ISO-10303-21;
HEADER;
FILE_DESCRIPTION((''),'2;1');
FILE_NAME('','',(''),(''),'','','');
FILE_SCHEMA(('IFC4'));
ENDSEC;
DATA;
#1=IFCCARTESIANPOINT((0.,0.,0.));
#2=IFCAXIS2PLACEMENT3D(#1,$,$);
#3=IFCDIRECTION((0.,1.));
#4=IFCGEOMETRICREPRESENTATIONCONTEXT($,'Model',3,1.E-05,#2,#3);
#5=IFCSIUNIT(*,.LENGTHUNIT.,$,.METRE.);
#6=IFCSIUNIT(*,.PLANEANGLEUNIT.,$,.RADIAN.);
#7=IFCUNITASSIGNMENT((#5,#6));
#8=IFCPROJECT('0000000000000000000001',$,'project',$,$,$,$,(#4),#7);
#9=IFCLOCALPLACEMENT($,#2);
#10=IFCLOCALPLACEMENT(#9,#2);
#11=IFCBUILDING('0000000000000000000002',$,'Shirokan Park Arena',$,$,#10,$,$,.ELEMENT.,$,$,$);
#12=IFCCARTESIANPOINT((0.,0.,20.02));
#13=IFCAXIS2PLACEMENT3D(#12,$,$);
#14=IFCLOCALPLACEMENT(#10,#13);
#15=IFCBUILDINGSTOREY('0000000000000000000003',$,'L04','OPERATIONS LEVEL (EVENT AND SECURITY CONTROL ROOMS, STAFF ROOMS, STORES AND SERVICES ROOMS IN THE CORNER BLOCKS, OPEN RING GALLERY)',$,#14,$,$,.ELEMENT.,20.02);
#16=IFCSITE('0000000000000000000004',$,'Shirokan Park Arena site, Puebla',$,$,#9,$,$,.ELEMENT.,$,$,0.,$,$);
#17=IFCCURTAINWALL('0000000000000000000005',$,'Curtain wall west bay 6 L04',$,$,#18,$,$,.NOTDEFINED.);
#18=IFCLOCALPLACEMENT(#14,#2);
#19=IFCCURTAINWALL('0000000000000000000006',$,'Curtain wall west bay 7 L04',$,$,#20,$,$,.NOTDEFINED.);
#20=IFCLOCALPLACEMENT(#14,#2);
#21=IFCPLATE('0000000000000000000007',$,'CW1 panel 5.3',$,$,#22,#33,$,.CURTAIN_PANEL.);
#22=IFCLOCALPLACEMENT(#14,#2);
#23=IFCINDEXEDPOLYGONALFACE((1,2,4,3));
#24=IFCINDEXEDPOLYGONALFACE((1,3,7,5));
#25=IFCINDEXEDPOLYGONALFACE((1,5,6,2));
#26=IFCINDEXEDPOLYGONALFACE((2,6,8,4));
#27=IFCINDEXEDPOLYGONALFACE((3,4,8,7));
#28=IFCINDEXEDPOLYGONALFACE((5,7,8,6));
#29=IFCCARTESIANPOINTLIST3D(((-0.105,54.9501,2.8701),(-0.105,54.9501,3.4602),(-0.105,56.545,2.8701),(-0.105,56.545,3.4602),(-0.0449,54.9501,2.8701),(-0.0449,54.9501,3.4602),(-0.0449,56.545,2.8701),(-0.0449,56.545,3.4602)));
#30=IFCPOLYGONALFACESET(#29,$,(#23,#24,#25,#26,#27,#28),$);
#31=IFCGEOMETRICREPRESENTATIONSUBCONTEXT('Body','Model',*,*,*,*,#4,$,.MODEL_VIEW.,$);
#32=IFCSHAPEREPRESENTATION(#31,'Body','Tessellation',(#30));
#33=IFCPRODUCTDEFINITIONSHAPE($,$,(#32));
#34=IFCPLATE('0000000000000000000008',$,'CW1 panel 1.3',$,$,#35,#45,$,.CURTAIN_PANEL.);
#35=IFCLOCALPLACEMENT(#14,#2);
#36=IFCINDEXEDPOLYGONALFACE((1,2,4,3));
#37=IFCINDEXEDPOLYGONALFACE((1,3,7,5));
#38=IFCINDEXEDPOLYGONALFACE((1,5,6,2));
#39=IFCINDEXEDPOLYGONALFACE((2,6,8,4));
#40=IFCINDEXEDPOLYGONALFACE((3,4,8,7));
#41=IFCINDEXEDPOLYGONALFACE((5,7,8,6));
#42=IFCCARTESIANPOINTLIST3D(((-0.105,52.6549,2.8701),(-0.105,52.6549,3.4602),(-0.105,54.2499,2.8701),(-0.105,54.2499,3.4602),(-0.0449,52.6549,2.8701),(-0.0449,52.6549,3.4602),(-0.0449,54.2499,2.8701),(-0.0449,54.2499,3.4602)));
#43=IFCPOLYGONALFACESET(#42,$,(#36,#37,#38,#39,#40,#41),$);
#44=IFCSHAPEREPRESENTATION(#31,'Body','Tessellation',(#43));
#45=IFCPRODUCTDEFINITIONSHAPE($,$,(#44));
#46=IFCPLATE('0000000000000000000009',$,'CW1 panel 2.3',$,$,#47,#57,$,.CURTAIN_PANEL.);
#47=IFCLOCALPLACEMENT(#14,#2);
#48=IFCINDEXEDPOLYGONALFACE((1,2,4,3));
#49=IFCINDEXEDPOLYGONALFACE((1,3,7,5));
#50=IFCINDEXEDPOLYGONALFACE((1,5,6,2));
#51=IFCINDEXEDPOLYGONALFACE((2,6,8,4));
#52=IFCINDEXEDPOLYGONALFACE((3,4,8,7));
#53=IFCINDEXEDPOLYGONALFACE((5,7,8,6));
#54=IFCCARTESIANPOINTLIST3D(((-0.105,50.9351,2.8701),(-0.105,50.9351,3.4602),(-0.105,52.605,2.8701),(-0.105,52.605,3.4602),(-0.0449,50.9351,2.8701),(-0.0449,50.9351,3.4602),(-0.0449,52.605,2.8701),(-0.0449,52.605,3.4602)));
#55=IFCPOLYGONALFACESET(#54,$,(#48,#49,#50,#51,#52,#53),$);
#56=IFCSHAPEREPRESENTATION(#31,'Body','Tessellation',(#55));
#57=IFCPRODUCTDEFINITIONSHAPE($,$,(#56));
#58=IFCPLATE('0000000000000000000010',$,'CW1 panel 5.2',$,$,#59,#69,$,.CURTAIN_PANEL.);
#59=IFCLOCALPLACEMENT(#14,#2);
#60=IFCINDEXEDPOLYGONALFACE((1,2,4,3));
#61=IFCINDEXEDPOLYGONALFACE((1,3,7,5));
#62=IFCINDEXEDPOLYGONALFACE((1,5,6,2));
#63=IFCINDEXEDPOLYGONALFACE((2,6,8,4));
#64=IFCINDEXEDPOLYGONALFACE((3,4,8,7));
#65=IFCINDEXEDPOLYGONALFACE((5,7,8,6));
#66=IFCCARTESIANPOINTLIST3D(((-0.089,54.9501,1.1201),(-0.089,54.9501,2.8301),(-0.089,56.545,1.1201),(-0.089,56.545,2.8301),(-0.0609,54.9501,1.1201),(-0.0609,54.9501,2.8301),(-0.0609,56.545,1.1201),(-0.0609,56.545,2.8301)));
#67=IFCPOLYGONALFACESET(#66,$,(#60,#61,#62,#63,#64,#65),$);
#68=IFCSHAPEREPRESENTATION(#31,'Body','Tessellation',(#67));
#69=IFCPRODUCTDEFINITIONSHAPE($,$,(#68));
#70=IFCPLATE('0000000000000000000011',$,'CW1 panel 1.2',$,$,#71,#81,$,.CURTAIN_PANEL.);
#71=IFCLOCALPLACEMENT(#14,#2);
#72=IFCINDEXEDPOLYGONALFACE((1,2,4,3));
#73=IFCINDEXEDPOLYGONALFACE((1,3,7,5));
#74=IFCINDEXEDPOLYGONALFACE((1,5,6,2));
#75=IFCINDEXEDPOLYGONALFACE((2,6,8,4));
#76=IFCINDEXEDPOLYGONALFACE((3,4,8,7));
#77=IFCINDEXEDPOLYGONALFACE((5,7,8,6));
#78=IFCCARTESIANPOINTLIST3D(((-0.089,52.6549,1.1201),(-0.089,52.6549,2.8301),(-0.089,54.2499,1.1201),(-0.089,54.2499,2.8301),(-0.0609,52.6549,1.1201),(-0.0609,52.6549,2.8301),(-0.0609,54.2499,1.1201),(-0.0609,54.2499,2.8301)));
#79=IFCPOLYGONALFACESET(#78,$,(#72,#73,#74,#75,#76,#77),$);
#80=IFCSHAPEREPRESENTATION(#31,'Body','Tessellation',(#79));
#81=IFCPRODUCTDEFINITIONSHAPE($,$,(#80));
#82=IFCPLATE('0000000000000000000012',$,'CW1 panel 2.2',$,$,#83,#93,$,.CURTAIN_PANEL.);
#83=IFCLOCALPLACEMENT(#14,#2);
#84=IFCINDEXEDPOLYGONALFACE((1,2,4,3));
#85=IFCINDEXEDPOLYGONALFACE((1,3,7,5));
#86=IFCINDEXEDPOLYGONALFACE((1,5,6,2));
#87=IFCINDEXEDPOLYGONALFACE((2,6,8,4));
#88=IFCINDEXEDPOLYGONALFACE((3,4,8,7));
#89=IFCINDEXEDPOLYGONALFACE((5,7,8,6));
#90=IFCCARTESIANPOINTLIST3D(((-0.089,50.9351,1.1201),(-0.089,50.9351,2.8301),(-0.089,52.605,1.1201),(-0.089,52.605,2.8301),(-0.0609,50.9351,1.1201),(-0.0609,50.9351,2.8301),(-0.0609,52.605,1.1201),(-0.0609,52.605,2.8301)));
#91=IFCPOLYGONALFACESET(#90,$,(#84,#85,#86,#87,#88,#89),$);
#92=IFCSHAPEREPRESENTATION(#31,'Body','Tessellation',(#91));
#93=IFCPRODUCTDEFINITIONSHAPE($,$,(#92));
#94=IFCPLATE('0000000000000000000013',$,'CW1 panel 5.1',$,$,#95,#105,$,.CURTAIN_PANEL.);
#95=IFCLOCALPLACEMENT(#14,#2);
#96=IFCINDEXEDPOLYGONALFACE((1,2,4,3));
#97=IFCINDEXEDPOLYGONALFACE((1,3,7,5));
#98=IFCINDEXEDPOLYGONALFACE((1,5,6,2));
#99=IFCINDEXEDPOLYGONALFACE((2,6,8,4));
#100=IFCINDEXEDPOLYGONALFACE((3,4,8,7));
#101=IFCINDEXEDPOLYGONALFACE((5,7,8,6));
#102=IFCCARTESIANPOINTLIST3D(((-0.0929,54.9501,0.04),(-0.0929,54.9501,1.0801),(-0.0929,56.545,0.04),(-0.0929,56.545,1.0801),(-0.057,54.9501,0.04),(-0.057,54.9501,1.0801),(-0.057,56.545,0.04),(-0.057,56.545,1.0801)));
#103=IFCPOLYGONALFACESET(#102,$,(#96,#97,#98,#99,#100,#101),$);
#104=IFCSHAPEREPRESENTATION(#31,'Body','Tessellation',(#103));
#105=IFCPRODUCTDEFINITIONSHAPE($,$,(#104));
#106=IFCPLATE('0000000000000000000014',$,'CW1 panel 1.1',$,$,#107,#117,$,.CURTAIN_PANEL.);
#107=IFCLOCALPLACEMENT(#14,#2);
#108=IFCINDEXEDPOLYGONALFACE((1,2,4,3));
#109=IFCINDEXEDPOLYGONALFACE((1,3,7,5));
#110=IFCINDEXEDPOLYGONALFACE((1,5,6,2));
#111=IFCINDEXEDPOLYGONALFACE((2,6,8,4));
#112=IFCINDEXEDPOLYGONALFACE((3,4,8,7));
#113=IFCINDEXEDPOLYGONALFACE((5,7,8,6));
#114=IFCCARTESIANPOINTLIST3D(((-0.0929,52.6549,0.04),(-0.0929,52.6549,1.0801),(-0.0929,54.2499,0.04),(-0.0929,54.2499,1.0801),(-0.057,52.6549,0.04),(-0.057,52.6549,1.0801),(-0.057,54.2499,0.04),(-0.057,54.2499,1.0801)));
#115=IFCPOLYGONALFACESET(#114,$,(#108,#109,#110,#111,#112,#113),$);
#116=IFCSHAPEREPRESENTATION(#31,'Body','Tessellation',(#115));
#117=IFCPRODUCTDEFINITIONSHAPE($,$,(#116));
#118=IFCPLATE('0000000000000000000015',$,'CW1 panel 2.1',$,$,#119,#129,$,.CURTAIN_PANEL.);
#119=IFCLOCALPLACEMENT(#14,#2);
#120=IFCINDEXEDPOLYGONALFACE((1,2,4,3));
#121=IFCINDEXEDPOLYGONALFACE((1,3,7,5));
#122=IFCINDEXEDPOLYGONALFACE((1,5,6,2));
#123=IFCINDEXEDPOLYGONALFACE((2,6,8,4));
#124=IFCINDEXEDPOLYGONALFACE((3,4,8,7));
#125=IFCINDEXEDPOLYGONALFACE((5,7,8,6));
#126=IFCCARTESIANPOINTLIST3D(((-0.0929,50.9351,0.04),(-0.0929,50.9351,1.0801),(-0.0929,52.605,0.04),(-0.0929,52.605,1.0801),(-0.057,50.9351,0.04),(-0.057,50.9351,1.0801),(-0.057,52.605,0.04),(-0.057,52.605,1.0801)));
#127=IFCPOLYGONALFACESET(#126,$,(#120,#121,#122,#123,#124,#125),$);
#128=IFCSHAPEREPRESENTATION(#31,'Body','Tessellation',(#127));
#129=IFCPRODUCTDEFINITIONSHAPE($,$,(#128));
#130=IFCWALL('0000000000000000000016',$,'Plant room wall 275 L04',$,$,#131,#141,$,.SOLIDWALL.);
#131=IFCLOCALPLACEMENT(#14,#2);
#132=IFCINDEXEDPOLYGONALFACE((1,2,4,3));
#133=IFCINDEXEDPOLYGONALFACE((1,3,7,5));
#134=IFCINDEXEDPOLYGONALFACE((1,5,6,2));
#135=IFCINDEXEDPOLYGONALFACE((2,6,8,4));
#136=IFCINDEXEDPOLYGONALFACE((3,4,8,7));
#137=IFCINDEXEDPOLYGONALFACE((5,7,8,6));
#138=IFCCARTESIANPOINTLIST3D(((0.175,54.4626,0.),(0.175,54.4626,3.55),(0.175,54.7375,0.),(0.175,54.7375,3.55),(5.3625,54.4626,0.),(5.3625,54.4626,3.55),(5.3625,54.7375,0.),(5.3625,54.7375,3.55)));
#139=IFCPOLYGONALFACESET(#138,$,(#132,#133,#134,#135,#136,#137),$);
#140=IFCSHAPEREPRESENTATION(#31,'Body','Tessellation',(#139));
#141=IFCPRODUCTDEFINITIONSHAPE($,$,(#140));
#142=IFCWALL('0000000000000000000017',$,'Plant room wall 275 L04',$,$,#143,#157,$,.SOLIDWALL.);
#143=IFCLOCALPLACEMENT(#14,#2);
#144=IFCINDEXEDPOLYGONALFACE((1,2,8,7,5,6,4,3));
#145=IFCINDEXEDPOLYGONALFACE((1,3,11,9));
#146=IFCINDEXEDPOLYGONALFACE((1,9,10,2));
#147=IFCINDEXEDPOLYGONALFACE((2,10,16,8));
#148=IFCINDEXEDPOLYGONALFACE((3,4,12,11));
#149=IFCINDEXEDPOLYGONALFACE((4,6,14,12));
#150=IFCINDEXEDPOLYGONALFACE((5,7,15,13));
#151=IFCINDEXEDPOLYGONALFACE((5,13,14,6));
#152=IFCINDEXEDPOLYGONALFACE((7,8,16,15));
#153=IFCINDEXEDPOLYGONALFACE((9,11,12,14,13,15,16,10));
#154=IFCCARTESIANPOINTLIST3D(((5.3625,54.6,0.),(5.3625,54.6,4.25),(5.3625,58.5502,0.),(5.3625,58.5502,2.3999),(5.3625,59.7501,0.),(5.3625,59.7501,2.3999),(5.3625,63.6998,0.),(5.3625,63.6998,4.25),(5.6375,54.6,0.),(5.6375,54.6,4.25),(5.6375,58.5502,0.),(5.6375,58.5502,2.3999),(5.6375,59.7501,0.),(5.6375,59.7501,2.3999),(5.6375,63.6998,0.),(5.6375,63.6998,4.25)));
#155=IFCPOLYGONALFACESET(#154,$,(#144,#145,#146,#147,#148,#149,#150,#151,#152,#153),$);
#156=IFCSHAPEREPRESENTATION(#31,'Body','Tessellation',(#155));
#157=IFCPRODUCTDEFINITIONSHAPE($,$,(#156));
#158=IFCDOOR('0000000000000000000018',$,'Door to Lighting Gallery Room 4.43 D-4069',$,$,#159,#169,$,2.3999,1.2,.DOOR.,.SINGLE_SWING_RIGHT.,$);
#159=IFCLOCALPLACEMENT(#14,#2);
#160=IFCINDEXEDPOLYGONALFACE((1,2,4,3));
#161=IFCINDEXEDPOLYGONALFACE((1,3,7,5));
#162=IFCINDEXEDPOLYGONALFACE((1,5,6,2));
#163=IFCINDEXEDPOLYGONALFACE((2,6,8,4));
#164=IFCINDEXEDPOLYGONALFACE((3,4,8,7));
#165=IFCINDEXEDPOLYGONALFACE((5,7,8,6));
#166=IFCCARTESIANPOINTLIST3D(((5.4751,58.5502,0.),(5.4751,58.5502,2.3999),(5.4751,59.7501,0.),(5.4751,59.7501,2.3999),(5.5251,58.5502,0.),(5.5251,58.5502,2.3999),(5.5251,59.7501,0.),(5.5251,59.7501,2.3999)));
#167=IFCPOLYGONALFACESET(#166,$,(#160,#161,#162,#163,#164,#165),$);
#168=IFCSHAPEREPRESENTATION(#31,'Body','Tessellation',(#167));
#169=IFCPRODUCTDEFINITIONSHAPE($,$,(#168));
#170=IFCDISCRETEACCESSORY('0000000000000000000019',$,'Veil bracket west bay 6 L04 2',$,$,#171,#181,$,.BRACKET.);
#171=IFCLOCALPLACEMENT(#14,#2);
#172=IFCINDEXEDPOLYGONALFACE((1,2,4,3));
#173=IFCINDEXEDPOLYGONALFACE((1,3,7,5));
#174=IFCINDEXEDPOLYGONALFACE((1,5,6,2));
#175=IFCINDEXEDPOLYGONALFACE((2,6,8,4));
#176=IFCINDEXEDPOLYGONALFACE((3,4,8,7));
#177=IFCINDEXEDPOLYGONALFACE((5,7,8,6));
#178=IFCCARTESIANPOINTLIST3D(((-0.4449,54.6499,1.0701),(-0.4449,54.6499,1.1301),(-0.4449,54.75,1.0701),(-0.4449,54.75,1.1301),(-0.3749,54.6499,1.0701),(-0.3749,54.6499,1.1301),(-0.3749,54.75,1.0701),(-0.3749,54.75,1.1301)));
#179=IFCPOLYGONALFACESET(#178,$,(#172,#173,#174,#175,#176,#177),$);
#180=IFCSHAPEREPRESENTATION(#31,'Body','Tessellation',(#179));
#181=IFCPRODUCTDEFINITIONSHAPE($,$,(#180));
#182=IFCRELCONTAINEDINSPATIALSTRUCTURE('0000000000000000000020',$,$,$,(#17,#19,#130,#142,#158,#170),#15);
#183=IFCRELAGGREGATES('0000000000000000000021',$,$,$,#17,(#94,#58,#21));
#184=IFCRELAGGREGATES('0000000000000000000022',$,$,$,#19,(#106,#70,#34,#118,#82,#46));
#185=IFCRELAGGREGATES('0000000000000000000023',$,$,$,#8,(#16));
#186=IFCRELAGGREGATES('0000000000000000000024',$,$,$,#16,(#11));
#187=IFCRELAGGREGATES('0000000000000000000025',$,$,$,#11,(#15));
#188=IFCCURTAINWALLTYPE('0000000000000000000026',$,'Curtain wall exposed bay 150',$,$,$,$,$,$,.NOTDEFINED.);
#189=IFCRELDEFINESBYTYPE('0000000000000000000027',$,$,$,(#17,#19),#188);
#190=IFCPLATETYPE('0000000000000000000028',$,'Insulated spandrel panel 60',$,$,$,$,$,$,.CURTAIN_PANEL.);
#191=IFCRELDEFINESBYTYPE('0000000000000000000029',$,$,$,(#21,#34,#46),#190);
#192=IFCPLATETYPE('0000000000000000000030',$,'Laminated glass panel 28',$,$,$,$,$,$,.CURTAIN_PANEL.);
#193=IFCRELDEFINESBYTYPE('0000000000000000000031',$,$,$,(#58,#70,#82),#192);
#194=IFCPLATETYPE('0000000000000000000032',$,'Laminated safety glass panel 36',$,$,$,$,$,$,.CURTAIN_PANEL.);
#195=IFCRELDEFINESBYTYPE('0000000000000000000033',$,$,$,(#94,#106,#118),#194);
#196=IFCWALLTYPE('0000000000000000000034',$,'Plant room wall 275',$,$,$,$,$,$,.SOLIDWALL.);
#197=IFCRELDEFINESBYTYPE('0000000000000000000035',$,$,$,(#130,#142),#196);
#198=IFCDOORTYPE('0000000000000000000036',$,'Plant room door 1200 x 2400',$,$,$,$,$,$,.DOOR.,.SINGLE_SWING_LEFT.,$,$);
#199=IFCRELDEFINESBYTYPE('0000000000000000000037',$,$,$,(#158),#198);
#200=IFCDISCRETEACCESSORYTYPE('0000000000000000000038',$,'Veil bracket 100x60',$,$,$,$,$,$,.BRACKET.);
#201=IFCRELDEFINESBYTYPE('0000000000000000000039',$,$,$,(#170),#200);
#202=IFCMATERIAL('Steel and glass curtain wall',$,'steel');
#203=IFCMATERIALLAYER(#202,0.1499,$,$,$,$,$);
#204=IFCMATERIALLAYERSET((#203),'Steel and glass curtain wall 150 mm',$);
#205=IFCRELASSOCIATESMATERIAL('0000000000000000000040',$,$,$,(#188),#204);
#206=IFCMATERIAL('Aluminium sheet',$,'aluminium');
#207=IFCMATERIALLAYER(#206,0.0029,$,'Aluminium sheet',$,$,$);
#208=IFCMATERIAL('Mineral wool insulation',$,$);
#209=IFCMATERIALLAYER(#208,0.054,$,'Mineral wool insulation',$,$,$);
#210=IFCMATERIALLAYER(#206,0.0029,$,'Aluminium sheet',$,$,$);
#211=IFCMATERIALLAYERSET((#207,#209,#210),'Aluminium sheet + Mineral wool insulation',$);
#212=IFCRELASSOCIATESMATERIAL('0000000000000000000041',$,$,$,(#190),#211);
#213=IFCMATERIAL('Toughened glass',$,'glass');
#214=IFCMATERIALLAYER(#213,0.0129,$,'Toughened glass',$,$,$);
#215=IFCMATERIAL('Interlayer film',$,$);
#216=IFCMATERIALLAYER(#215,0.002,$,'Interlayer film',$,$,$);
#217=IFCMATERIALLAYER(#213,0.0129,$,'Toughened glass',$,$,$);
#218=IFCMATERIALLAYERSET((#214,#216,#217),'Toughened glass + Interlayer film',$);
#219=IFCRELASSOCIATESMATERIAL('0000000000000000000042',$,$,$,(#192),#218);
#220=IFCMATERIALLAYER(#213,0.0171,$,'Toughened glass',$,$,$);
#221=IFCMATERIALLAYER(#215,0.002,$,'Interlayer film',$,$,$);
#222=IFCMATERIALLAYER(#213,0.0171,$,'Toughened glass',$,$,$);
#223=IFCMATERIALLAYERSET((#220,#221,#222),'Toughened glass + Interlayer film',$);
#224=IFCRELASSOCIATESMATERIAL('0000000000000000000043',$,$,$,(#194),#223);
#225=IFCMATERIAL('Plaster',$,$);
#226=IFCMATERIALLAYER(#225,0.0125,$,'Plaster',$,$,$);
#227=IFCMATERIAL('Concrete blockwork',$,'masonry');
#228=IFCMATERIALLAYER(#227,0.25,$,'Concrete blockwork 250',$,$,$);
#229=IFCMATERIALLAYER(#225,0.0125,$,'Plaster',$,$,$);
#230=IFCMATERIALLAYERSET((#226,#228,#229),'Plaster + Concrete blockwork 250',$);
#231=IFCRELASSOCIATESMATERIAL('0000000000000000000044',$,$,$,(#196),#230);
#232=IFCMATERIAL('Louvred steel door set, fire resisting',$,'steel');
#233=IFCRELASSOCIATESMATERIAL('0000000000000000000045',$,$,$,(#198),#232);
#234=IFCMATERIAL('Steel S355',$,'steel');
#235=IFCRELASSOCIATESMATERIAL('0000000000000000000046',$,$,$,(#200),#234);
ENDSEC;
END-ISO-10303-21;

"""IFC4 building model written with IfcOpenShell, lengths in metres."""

from ifc_helpers import new_model, si_unit, direction, frame, frame_2d, origin, origin_2d, place, context, subcontext, project, spatial, rectangle, extrude, material, layer, layer_set, type_object, element, fill, aggregate, save


model = new_model("IFC4")

# Units and contexts
model_context = context("Model", 3, precision=1e-05, world=origin(), true_north=direction((0.0, 1.0)))
body_context = subcontext(model_context, "Body", "Model", "MODEL_VIEW")
ifc_project = project(units=[si_unit("LENGTHUNIT", "METRE"), si_unit("PLANEANGLEUNIT", "RADIAN")], contexts=[model_context])

# Site, building, storey
site_placement = place(None, origin())
site = spatial("IfcSite", under=ifc_project, at=site_placement, Name="Shirokan Park Arena site, Puebla", CompositionType="ELEMENT", RefElevation=0.0)
building_placement = place(site_placement, origin())
building = spatial("IfcBuilding", under=site, at=building_placement, Name="Shirokan Park Arena", CompositionType="ELEMENT")
storey_placement = place(building_placement, frame((0.0, 0.0, 20.02)))
storey = spatial("IfcBuildingStorey", under=building, at=storey_placement, Name="L04", Description="OPERATIONS LEVEL (EVENT AND SECURITY CONTROL ROOMS, STAFF ROOMS, STORES AND SERVICES ROOMS IN THE CORNER BLOCKS, OPEN RING GALLERY)", CompositionType="ELEMENT", Elevation=20.02)

# Curtain wall
ifc_material_1 = material(Name="Steel and glass curtain wall", Category="steel")
ifc_layer_1 = layer(ifc_material_1, 0.1499)
ifc_layer_set_1 = layer_set([ifc_layer_1], Name="Steel and glass curtain wall 150 mm")
curtain_wall_type = type_object("IfcCurtainWallType", Name="Curtain wall exposed bay 150", PredefinedType="NOTDEFINED", material=ifc_layer_set_1)
curtain_wall_1_placement = place(storey_placement, origin())
curtain_wall_1 = element("IfcCurtainWall", 1, at=curtain_wall_1_placement, inside=storey, type_object=curtain_wall_type, Name="Curtain wall west bay 6 L04", PredefinedType="NOTDEFINED")
ifc_material_2 = material(Name="Steel S355", Category="steel")

# Curtain wall
curtain_wall_2_placement = place(storey_placement, origin())
curtain_wall_2 = element("IfcCurtainWall", 2, at=curtain_wall_2_placement, inside=storey, type_object=curtain_wall_type, Name="Curtain wall west bay 7 L04", PredefinedType="NOTDEFINED")

# Plates
ifc_material_3 = material(Name="Aluminium sheet", Category="aluminium")
ifc_layer_2 = layer(ifc_material_3, 0.0029, Name="Aluminium sheet")
ifc_material_4 = material(Name="Mineral wool insulation")
ifc_layer_3 = layer(ifc_material_4, 0.054, Name="Mineral wool insulation")
ifc_layer_4 = layer(ifc_material_3, 0.0029, Name="Aluminium sheet")
ifc_layer_set_2 = layer_set([ifc_layer_2, ifc_layer_3, ifc_layer_4], Name="Aluminium sheet + Mineral wool insulation")
plate_type_1 = type_object("IfcPlateType", Name="Insulated spandrel panel 60", PredefinedType="CURTAIN_PANEL", material=ifc_layer_set_2)
plate_1_placement = place(storey_placement, frame((-0.075, 55.7476, 2.8701), z_axis=(0.0, 0.0, 1.0), x_axis=(0.0, -1.0, 0.0)))
plate_1 = element("IfcPlate", 3, at=plate_1_placement, type_object=plate_type_1, Name="CW1 panel 5.3", PredefinedType="CURTAIN_PANEL", context=body_context, shape_type="SweptSolid", body=[
    extrude(rectangle(XDim=1.595, YDim=0.0601, at=origin_2d()), origin(), (0.0, 0.0, 1.0), 0.5901),
])
plate_2_placement = place(storey_placement, frame((-0.075, 53.4524, 2.8701), z_axis=(0.0, 0.0, 1.0), x_axis=(0.0, -1.0, 0.0)))
plate_2 = element("IfcPlate", 4, at=plate_2_placement, type_object=plate_type_1, Name="CW1 panel 1.3", PredefinedType="CURTAIN_PANEL", context=body_context, shape_type="SweptSolid", body=[
    extrude(rectangle(XDim=1.595, YDim=0.0601, at=origin_2d()), origin(), (0.0, 0.0, 1.0), 0.5901),
])
plate_3_placement = place(storey_placement, frame((-0.075, 51.77, 2.8701), z_axis=(0.0, 0.0, 1.0), x_axis=(0.0, -1.0, 0.0)))
plate_3 = element("IfcPlate", 5, at=plate_3_placement, type_object=plate_type_1, Name="CW1 panel 2.3", PredefinedType="CURTAIN_PANEL", context=body_context, shape_type="SweptSolid", body=[
    extrude(rectangle(XDim=1.6699, YDim=0.0601, at=origin_2d()), origin(), (0.0, 0.0, 1.0), 0.5901),
])
ifc_material_5 = material(Name="Toughened glass", Category="glass")
ifc_layer_5 = layer(ifc_material_5, 0.0129, Name="Toughened glass")
ifc_material_6 = material(Name="Interlayer film")
ifc_layer_6 = layer(ifc_material_6, 0.002, Name="Interlayer film")
ifc_layer_7 = layer(ifc_material_5, 0.0129, Name="Toughened glass")
ifc_layer_set_3 = layer_set([ifc_layer_5, ifc_layer_6, ifc_layer_7], Name="Toughened glass + Interlayer film")
plate_type_2 = type_object("IfcPlateType", Name="Laminated glass panel 28", PredefinedType="CURTAIN_PANEL", material=ifc_layer_set_3)
plate_4_placement = place(storey_placement, frame((-0.075, 55.7476, 1.1201), z_axis=(0.0, 0.0, 1.0), x_axis=(0.0, -1.0, 0.0)))
plate_4 = element("IfcPlate", 6, at=plate_4_placement, type_object=plate_type_2, Name="CW1 panel 5.2", PredefinedType="CURTAIN_PANEL", context=body_context, shape_type="SweptSolid", body=[
    extrude(rectangle(XDim=1.595, YDim=0.0281, at=origin_2d()), origin(), (0.0, 0.0, 1.0), 1.71),
])
plate_5_placement = place(storey_placement, frame((-0.075, 53.4524, 1.1201), z_axis=(0.0, 0.0, 1.0), x_axis=(0.0, -1.0, 0.0)))
plate_5 = element("IfcPlate", 7, at=plate_5_placement, type_object=plate_type_2, Name="CW1 panel 1.2", PredefinedType="CURTAIN_PANEL", context=body_context, shape_type="SweptSolid", body=[
    extrude(rectangle(XDim=1.595, YDim=0.0281, at=origin_2d()), origin(), (0.0, 0.0, 1.0), 1.71),
])
plate_6_placement = place(storey_placement, frame((-0.075, 51.77, 1.1201), z_axis=(0.0, 0.0, 1.0), x_axis=(0.0, -1.0, 0.0)))
plate_6 = element("IfcPlate", 8, at=plate_6_placement, type_object=plate_type_2, Name="CW1 panel 2.2", PredefinedType="CURTAIN_PANEL", context=body_context, shape_type="SweptSolid", body=[
    extrude(rectangle(XDim=1.6699, YDim=0.0281, at=origin_2d()), origin(), (0.0, 0.0, 1.0), 1.71),
])
ifc_layer_8 = layer(ifc_material_5, 0.0171, Name="Toughened glass")
ifc_layer_9 = layer(ifc_material_6, 0.002, Name="Interlayer film")
ifc_layer_10 = layer(ifc_material_5, 0.0171, Name="Toughened glass")
ifc_layer_set_4 = layer_set([ifc_layer_8, ifc_layer_9, ifc_layer_10], Name="Toughened glass + Interlayer film")
plate_type_3 = type_object("IfcPlateType", Name="Laminated safety glass panel 36", PredefinedType="CURTAIN_PANEL", material=ifc_layer_set_4)
plate_7_placement = place(storey_placement, frame((-0.075, 55.7476, 0.04), z_axis=(0.0, 0.0, 1.0), x_axis=(0.0, -1.0, 0.0)))
plate_7 = element("IfcPlate", 9, at=plate_7_placement, type_object=plate_type_3, Name="CW1 panel 5.1", PredefinedType="CURTAIN_PANEL", context=body_context, shape_type="SweptSolid", body=[
    extrude(rectangle(XDim=1.595, YDim=0.0359, at=origin_2d()), origin(), (0.0, 0.0, 1.0), 1.04),
])
aggregate(curtain_wall_1, [plate_7, plate_4, plate_1])
plate_8_placement = place(storey_placement, frame((-0.075, 53.4524, 0.04), z_axis=(0.0, 0.0, 1.0), x_axis=(0.0, -1.0, 0.0)))
plate_8 = element("IfcPlate", 10, at=plate_8_placement, type_object=plate_type_3, Name="CW1 panel 1.1", PredefinedType="CURTAIN_PANEL", context=body_context, shape_type="SweptSolid", body=[
    extrude(rectangle(XDim=1.595, YDim=0.0359, at=origin_2d()), origin(), (0.0, 0.0, 1.0), 1.04),
])
plate_9_placement = place(storey_placement, frame((-0.075, 51.77, 0.04), z_axis=(0.0, 0.0, 1.0), x_axis=(0.0, -1.0, 0.0)))
plate_9 = element("IfcPlate", 11, at=plate_9_placement, type_object=plate_type_3, Name="CW1 panel 2.1", PredefinedType="CURTAIN_PANEL", context=body_context, shape_type="SweptSolid", body=[
    extrude(rectangle(XDim=1.6699, YDim=0.0359, at=origin_2d()), origin(), (0.0, 0.0, 1.0), 1.04),
])
aggregate(curtain_wall_2, [plate_8, plate_5, plate_2, plate_9, plate_6, plate_3])

# Wall
ifc_material_7 = material(Name="Plaster")
ifc_layer_11 = layer(ifc_material_7, 0.0125, Name="Plaster")
ifc_material_8 = material(Name="Concrete blockwork", Category="masonry")
ifc_layer_12 = layer(ifc_material_8, 0.25, Name="Concrete blockwork 250")
ifc_layer_13 = layer(ifc_material_7, 0.0125, Name="Plaster")
ifc_layer_set_5 = layer_set([ifc_layer_11, ifc_layer_12, ifc_layer_13], Name="Plaster + Concrete blockwork 250")
wall_type = type_object("IfcWallType", Name="Plant room wall 275", PredefinedType="SOLIDWALL", material=ifc_layer_set_5)
wall_1_placement = place(storey_placement, frame((0.175, 54.6001, 0.0), z_axis=(0.0, 0.0, 1.0), x_axis=(1.0, 0.0, 0.0)))
element("IfcWall", 12, at=wall_1_placement, inside=storey, type_object=wall_type, Name="Plant room wall 275 L04", PredefinedType="SOLIDWALL", context=body_context, shape_type="SweptSolid", body=[
    extrude(rectangle(XDim=5.1875, YDim=0.2749, at=frame_2d((2.5938, 0.0))), origin(), (0.0, 0.0, 1.0), 3.55),
])

# Wall, opening, door
wall_2_placement = place(storey_placement, frame((5.5, 54.6001, 0.0), z_axis=(0.0, 0.0, 1.0), x_axis=(0.0, 1.0, 0.0)))
wall_2 = element("IfcWall", 13, at=wall_2_placement, inside=storey, type_object=wall_type, Name="Plant room wall 275 L04", PredefinedType="SOLIDWALL", context=body_context, shape_type="SweptSolid", body=[
    extrude(rectangle(XDim=9.0999, YDim=0.2749, at=frame_2d((4.5498, 0.0))), origin(), (0.0, 0.0, 1.0), 4.25),
])
opening_placement = place(wall_2_placement, frame((3.95, 0.0, 0.0)))
opening = element("IfcOpeningElement", 14, at=opening_placement, cuts=wall_2, PredefinedType="OPENING", context=body_context, shape_type="SweptSolid", body=[
    extrude(rectangle(XDim=1.2, YDim=2.3999, at=frame_2d((0.6001, 1.2))), frame((0.0, 0.1475, 0.0), z_axis=(0.0, -1.0, 0.0), x_axis=(1.0, 0.0, 0.0)), (0.0, 0.0, 1.0), 0.2949),
])
ifc_material_9 = material(Name="Louvred steel door set, fire resisting", Category="steel")
door_type = type_object("IfcDoorType", Name="Plant room door 1200 x 2400", OperationType="SINGLE_SWING_LEFT", PredefinedType="DOOR", material=ifc_material_9)
door_placement = place(opening_placement, origin())
door = element("IfcDoor", 15, at=door_placement, inside=storey, type_object=door_type, Name="Door to Lighting Gallery Room 4.43 D-4069", OperationType="SINGLE_SWING_RIGHT", OverallHeight=2.3999, OverallWidth=1.2, PredefinedType="DOOR", context=body_context, shape_type="SweptSolid", body=[
    extrude(rectangle(XDim=1.2, YDim=2.3999, at=frame_2d((0.6001, 1.2))), frame((0.0, 0.0249, 0.0), z_axis=(0.0, -1.0, 0.0), x_axis=(1.0, 0.0, 0.0)), (0.0, 0.0, 1.0), 0.05),
])
fill(opening, door)

# Discrete accessory
discrete_accessory_type = type_object("IfcDiscreteAccessoryType", Name="Veil bracket 100x60", PredefinedType="BRACKET", material=ifc_material_2)
for number, where, z_axis, x_axis, name in (
    (16, (-0.4099, 54.7, 1.0701), (0.0, 0.0, 1.0), (0.0, -1.0, 0.0), "Veil bracket west bay 6 L04 2"),
):
    element("IfcDiscreteAccessory", number, at=place(storey_placement, frame(where, z_axis=z_axis, x_axis=x_axis)), inside=storey, type_object=discrete_accessory_type, Name=name, PredefinedType="BRACKET", context=body_context, shape_type="SweptSolid", body=[
        extrude(rectangle(XDim=0.1001, YDim=0.0701, at=origin_2d()), origin(), (0.0, 0.0, 1.0), 0.0601),
    ])

save(model, "model.ifc")
